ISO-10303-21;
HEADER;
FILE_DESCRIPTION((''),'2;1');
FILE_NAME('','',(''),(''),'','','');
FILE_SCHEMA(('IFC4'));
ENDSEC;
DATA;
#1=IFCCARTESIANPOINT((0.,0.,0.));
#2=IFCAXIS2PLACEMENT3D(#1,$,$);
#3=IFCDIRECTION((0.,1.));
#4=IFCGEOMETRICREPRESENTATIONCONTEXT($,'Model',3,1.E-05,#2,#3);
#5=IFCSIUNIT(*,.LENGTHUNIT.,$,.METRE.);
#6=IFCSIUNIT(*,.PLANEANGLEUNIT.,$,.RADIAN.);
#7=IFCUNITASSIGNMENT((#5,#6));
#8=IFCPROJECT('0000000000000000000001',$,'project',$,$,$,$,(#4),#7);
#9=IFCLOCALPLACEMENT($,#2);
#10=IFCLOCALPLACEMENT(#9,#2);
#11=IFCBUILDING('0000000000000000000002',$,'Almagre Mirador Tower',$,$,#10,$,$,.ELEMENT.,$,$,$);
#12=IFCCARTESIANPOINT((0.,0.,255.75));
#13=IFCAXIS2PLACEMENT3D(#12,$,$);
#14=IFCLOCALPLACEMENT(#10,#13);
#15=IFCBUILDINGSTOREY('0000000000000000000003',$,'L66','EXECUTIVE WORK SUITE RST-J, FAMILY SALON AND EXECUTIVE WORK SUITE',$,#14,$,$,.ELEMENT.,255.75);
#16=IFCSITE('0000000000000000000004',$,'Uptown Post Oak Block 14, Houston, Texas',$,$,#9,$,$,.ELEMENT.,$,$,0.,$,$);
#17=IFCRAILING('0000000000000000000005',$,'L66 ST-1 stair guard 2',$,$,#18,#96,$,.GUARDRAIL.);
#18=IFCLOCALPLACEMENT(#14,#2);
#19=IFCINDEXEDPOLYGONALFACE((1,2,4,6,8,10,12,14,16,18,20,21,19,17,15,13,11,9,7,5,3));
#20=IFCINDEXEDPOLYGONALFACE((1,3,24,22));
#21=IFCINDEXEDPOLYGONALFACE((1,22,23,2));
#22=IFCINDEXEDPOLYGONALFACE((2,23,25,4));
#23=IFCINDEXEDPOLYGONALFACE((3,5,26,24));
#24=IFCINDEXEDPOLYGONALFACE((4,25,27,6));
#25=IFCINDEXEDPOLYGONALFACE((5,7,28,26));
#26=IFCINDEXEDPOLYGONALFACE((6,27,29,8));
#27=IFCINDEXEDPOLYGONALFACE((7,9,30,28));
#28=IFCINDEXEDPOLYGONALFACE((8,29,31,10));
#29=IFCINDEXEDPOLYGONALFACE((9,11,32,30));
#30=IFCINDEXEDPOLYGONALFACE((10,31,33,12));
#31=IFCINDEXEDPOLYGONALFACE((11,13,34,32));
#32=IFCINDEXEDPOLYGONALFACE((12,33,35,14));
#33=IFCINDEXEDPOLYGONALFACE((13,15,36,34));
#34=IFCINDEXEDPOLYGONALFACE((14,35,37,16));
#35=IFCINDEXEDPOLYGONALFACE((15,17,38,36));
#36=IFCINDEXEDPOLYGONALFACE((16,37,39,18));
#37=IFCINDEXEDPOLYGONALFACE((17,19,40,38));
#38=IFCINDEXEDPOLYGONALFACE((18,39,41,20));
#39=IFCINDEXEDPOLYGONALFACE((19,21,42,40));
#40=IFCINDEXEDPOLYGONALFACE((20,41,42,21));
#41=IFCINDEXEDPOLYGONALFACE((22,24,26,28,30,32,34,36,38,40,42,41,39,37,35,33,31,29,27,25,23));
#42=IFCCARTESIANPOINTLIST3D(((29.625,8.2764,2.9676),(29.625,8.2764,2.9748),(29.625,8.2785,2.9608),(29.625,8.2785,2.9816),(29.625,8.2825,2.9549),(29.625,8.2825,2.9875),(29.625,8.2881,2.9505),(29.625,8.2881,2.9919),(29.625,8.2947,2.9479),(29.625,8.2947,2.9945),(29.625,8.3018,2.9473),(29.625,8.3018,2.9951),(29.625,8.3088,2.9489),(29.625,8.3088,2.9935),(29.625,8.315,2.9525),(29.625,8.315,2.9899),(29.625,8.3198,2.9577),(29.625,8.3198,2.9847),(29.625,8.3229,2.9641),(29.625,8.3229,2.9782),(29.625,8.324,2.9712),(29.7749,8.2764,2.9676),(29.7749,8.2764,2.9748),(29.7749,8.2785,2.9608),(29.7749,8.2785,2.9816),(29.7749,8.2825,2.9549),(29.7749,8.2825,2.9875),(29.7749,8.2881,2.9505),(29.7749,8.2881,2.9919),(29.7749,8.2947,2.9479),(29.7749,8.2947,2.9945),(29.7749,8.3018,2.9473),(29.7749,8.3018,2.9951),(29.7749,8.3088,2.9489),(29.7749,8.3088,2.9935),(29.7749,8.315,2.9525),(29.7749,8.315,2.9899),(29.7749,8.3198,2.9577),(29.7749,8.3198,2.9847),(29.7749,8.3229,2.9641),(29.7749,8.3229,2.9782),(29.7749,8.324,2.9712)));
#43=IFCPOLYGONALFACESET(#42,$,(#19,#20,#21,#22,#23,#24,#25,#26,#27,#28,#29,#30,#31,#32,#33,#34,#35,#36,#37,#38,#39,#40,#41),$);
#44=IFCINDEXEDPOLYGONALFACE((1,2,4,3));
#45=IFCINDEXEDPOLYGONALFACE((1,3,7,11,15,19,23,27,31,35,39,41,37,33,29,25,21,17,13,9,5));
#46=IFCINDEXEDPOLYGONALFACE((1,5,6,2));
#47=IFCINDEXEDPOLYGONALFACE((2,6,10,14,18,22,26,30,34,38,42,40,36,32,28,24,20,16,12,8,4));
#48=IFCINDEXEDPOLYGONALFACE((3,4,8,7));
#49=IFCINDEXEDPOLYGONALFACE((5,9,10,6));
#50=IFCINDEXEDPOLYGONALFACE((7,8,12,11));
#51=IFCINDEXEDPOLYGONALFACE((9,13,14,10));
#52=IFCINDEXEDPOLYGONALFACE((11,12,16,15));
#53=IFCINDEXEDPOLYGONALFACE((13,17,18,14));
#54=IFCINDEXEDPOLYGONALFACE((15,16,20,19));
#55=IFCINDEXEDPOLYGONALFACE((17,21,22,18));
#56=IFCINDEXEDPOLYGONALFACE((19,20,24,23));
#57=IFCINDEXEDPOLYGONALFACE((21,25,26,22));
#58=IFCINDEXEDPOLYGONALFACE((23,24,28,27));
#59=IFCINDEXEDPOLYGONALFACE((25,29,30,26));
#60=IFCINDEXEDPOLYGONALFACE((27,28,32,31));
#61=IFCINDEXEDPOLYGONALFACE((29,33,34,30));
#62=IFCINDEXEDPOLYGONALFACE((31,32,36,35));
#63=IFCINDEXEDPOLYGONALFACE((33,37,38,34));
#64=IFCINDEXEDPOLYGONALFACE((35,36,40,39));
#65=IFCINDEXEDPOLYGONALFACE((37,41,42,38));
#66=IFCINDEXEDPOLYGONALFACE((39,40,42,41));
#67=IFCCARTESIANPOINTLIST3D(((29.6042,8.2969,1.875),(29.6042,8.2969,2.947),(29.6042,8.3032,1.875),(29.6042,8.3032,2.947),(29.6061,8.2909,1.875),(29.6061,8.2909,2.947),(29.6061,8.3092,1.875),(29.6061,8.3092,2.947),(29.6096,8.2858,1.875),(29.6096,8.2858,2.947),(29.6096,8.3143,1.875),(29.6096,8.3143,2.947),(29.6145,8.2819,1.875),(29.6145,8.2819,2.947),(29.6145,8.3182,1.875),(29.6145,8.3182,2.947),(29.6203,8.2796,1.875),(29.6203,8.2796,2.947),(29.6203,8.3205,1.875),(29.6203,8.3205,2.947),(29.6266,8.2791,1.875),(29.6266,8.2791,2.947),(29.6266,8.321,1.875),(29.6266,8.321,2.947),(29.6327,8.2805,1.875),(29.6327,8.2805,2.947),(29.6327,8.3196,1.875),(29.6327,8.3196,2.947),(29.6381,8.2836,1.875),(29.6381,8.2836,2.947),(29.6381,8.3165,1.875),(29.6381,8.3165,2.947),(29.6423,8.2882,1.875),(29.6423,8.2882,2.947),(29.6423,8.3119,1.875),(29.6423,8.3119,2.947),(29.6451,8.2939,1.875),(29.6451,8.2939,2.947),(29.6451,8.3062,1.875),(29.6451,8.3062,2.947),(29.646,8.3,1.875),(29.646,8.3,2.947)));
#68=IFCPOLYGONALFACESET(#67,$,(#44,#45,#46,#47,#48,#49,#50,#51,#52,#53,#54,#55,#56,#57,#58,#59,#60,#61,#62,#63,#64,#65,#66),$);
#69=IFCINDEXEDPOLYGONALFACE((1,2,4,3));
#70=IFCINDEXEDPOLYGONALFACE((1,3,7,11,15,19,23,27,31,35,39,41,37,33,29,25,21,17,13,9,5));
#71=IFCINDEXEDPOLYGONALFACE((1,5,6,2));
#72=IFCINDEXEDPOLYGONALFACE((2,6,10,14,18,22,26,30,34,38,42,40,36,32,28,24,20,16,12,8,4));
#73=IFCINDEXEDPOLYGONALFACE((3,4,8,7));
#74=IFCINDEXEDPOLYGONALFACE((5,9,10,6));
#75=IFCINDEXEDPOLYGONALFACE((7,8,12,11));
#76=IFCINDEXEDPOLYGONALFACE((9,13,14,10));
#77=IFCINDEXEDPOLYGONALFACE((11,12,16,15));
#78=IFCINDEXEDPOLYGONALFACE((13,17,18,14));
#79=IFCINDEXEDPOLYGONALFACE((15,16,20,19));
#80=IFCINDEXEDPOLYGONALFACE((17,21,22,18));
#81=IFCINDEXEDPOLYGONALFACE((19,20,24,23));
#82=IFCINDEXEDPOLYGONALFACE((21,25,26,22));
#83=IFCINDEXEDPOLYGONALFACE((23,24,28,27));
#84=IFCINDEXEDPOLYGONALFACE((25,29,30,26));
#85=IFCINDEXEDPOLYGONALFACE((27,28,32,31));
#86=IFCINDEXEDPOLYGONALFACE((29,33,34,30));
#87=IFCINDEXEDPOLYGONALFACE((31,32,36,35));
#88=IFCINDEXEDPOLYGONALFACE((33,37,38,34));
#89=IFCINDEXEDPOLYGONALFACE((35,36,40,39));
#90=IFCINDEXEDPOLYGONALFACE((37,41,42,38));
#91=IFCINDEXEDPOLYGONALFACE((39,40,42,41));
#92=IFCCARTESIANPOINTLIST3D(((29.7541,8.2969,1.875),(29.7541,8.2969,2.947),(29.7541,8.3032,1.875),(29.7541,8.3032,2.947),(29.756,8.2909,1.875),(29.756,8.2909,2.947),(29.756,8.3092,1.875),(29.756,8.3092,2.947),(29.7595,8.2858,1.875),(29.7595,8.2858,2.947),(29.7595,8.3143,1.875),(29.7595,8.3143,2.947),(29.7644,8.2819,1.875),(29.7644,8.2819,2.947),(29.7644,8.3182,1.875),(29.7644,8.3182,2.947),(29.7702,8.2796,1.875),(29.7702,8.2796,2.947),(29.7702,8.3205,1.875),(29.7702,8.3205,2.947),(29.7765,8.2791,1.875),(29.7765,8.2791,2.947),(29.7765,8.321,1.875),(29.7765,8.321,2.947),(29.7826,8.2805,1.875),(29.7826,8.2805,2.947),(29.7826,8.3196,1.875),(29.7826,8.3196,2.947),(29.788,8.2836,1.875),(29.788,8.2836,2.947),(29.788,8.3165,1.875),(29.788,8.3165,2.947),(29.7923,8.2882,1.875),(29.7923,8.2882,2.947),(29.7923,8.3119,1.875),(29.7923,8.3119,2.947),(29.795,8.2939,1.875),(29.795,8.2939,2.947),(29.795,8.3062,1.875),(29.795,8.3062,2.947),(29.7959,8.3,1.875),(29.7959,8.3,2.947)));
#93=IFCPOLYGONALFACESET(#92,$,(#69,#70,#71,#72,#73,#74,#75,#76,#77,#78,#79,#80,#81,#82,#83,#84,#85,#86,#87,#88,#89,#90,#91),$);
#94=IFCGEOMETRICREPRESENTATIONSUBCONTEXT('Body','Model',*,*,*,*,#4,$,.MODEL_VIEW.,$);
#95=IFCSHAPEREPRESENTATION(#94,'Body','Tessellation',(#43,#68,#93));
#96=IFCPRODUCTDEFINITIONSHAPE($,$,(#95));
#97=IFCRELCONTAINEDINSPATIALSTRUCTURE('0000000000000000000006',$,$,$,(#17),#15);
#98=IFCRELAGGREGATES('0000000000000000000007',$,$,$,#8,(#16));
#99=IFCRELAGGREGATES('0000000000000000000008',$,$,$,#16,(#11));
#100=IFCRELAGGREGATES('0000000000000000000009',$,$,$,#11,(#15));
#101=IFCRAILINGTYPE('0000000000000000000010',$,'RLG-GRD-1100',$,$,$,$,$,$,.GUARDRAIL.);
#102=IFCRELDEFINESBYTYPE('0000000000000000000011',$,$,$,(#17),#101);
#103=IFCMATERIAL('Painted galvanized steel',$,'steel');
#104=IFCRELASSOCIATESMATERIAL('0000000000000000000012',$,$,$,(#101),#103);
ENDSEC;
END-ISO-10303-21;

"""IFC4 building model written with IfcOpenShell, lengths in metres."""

from ifc_helpers import new_model, si_unit, direction, frame, origin, origin_2d, place, context, subcontext, project, spatial, circle, extrude, material, type_object, element, save


model = new_model("IFC4")

# Units and contexts
model_context = context("Model", 3, precision=1e-05, world=origin(), true_north=direction((0.0, 1.0)))
body_context = subcontext(model_context, "Body", "Model", "MODEL_VIEW")
ifc_project = project(units=[si_unit("LENGTHUNIT", "METRE"), si_unit("PLANEANGLEUNIT", "RADIAN")], contexts=[model_context])

# Site, building, storey
site_placement = place(None, origin())
site = spatial("IfcSite", under=ifc_project, at=site_placement, Name="Uptown Post Oak Block 14, Houston, Texas", CompositionType="ELEMENT", RefElevation=0.0)
building_placement = place(site_placement, origin())
building = spatial("IfcBuilding", under=site, at=building_placement, Name="Almagre Mirador Tower", CompositionType="ELEMENT")
storey_placement = place(building_placement, frame((0.0, 0.0, 255.75)))
storey = spatial("IfcBuildingStorey", under=building, at=storey_placement, Name="L66", Description="EXECUTIVE WORK SUITE RST-J, FAMILY SALON AND EXECUTIVE WORK SUITE", CompositionType="ELEMENT", Elevation=255.75)

# Railing
ifc_material_1 = material(Name="Painted galvanized steel", Category="steel")
railing_type_1 = type_object("IfcRailingType", Name="RLG-GRD-1100", PredefinedType="GUARDRAIL", material=ifc_material_1)
railing_1_placement = place(storey_placement, frame((29.625, 8.3, 1.875)))
element("IfcRailing", 1, at=railing_1_placement, inside=storey, type_object=railing_type_1, Name="L66 ST-1 stair guard 2", PredefinedType="GUARDRAIL", context=body_context, shape_type="SweptSolid", body=[
    extrude(circle(Radius=0.0239, at=origin_2d()), frame((0.0, 0.0, 1.0962), z_axis=(1.0, 0.0, 0.0), x_axis=(0.0, 1.0, 0.0)), (0.0, 0.0, 1.0), 0.1499),
    extrude(circle(Radius=0.021, at=origin_2d()), origin(), (0.0, 0.0, 1.0), 1.072),
    extrude(circle(Radius=0.021, at=origin_2d()), frame((0.1499, 0.0, 0.0)), (0.0, 0.0, 1.0), 1.072),
])

save(model, "model.ifc")
